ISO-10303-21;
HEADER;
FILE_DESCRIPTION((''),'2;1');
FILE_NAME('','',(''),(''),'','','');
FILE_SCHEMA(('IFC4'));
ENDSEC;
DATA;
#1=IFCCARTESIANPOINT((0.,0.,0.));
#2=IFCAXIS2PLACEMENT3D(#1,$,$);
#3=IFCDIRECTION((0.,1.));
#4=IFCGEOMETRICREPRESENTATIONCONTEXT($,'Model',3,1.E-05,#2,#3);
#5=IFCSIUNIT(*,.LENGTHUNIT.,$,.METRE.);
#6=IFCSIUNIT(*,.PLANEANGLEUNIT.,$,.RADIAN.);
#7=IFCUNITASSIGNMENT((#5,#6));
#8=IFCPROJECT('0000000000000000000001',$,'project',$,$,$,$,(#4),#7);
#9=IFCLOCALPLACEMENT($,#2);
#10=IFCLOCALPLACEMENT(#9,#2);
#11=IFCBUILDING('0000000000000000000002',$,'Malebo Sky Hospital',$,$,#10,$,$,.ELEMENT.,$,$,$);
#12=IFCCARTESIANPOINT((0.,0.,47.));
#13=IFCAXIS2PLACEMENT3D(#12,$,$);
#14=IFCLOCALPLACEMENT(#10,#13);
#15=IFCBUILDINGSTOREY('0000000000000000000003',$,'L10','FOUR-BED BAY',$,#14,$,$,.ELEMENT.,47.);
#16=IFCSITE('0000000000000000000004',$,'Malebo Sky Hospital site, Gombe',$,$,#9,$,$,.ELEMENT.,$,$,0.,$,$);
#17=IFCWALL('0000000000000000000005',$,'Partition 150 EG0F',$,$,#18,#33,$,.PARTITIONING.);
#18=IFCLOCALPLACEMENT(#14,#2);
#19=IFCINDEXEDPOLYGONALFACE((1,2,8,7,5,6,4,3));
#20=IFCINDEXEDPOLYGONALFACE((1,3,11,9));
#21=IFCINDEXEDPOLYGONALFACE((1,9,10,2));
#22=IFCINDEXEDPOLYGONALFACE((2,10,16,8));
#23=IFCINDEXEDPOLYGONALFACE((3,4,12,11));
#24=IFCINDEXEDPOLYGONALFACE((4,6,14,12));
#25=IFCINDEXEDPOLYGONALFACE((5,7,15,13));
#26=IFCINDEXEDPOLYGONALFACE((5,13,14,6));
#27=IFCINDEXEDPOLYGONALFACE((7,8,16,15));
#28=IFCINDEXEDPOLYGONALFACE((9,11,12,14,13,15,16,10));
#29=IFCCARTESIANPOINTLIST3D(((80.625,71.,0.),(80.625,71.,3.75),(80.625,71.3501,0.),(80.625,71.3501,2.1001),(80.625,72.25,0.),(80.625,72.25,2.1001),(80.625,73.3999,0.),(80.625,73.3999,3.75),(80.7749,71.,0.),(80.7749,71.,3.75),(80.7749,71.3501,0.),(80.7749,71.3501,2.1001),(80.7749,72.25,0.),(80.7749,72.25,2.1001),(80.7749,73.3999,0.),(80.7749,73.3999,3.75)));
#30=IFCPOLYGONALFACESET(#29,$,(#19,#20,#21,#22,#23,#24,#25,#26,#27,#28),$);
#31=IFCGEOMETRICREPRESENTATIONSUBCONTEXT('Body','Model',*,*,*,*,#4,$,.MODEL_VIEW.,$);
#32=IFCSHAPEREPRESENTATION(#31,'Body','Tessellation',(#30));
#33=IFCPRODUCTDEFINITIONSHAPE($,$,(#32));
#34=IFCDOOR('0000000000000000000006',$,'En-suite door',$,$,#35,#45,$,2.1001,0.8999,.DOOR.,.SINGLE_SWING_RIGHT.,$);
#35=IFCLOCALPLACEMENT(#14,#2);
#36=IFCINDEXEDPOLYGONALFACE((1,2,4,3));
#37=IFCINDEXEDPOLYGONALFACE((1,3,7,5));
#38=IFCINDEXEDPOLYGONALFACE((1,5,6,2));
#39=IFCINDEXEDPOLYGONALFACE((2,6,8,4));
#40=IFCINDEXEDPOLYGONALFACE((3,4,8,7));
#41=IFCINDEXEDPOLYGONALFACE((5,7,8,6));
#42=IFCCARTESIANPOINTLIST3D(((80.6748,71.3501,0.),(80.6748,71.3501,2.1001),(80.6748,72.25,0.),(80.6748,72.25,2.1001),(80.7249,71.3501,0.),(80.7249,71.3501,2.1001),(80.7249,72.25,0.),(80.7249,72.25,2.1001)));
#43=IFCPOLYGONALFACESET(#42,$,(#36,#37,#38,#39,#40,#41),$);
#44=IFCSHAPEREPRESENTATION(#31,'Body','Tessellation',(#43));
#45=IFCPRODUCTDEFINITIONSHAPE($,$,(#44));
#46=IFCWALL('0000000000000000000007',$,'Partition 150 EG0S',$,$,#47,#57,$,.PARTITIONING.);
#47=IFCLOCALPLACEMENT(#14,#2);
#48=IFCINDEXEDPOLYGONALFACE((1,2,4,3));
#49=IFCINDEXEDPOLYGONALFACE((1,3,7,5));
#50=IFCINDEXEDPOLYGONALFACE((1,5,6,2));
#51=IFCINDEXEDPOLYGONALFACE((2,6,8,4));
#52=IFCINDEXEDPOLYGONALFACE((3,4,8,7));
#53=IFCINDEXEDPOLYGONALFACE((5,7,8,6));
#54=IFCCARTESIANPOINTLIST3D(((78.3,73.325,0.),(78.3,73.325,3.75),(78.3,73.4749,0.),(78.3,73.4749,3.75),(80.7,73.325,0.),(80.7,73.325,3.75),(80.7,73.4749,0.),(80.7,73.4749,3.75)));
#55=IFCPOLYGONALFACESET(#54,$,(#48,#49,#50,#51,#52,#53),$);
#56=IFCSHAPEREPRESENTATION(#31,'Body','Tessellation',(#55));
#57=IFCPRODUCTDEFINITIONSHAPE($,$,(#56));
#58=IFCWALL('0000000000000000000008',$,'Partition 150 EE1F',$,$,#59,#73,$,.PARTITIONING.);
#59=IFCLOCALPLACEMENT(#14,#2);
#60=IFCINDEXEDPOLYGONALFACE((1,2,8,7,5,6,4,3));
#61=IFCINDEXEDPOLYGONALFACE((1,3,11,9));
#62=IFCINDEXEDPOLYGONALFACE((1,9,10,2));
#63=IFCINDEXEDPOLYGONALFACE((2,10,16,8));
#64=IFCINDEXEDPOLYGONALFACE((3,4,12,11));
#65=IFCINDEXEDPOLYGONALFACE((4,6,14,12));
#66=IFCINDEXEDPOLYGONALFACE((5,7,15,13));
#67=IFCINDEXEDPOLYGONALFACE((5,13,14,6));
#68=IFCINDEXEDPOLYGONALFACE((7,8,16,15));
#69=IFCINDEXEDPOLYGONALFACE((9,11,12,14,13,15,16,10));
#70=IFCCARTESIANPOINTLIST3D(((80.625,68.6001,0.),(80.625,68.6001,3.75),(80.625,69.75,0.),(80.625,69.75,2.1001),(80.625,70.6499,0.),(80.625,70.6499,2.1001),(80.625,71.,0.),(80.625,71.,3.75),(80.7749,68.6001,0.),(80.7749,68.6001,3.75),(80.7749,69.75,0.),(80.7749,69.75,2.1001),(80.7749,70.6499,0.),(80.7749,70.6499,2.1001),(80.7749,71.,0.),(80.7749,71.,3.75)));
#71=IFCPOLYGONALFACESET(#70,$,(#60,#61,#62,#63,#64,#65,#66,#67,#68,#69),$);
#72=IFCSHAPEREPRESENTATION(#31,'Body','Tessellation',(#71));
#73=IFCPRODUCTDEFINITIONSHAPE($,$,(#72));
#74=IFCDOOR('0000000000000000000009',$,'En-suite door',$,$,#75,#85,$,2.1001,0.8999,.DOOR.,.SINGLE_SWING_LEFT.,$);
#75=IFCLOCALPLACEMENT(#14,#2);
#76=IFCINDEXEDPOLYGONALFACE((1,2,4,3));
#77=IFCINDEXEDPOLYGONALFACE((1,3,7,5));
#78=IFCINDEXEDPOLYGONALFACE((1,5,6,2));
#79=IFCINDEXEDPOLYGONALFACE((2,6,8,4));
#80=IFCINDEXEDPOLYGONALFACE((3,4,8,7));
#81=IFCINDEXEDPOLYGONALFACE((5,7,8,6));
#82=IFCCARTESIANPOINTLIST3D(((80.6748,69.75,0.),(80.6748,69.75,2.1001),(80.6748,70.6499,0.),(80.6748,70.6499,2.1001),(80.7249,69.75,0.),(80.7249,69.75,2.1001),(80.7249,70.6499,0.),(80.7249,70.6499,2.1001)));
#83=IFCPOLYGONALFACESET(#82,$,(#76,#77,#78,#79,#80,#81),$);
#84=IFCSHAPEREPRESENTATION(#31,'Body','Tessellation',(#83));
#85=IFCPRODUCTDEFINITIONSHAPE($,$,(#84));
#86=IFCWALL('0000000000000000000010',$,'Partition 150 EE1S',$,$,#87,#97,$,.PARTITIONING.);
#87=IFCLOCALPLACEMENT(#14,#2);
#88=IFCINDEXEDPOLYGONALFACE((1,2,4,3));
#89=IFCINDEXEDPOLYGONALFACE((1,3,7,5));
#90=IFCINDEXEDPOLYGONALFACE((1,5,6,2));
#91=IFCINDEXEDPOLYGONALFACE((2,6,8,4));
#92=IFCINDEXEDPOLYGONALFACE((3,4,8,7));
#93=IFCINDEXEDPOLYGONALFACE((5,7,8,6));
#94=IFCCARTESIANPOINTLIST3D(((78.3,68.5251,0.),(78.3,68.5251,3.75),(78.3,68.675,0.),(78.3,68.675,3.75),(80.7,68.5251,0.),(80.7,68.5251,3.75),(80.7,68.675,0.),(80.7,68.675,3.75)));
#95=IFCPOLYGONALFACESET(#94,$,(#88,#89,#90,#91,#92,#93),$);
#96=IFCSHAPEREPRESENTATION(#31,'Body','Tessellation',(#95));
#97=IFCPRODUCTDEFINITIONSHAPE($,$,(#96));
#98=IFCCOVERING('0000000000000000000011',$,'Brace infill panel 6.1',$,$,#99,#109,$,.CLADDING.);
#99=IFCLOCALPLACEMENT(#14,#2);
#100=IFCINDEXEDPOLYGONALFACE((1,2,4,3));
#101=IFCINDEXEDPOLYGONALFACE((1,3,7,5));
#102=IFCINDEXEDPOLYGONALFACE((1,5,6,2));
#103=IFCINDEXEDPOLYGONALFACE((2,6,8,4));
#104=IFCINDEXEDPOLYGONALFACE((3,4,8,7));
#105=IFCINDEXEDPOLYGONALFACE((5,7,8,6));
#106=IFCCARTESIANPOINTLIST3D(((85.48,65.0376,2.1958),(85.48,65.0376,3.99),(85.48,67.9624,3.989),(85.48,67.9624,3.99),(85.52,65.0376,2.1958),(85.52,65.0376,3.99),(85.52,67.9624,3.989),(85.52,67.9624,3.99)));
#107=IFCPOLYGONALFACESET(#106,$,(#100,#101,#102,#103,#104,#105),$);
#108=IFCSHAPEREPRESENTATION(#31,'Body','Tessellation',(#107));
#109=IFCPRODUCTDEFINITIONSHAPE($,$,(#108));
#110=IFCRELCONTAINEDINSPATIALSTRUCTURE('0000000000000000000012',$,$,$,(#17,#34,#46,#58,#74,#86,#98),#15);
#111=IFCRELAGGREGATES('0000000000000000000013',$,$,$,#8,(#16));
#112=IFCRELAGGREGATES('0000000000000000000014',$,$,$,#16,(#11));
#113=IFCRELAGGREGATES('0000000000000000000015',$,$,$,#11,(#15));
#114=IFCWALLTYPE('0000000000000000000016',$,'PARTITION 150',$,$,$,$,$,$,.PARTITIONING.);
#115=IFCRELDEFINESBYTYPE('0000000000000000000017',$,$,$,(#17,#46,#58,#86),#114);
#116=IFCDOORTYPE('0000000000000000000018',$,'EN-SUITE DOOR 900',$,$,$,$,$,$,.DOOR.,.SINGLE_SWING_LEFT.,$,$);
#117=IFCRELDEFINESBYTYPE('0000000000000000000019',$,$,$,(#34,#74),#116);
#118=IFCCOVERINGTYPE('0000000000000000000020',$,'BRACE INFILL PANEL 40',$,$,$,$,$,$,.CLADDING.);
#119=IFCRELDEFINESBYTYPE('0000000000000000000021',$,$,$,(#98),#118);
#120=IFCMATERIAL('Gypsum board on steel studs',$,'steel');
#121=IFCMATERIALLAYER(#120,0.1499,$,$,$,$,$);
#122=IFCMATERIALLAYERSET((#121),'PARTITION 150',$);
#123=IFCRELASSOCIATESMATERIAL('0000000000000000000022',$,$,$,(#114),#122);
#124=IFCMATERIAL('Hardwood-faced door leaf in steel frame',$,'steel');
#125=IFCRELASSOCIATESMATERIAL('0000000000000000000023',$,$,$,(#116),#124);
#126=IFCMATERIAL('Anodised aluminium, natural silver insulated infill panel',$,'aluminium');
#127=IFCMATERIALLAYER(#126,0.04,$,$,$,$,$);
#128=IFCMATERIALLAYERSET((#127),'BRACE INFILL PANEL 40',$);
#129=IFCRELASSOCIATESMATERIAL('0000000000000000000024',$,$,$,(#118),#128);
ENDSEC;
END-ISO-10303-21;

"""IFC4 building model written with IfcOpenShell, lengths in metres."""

from ifc_helpers import new_model, si_unit, direction, frame, frame_2d, origin, place, context, subcontext, project, spatial, polyline, rectangle, outline, extrude, material, layer, layer_set, type_object, element, fill, save


model = new_model("IFC4")

# Units and contexts
model_context = context("Model", 3, precision=1e-05, world=origin(), true_north=direction((0.0, 1.0)))
body_context = subcontext(model_context, "Body", "Model", "MODEL_VIEW")
ifc_project = project(units=[si_unit("LENGTHUNIT", "METRE"), si_unit("PLANEANGLEUNIT", "RADIAN")], contexts=[model_context])

# Site, building, storey
site_placement = place(None, origin())
site = spatial("IfcSite", under=ifc_project, at=site_placement, Name="Malebo Sky Hospital site, Gombe", CompositionType="ELEMENT", RefElevation=0.0)
building_placement = place(site_placement, origin())
building = spatial("IfcBuilding", under=site, at=building_placement, Name="Malebo Sky Hospital", CompositionType="ELEMENT")
storey_placement = place(building_placement, frame((0.0, 0.0, 47.0)))
storey = spatial("IfcBuildingStorey", under=building, at=storey_placement, Name="L10", Description="FOUR-BED BAY", CompositionType="ELEMENT", Elevation=47.0)

# Shared definitions
ifc_material_1 = material(Name="Gypsum board on steel studs", Category="steel")
ifc_layer_1 = layer(ifc_material_1, 0.1499)
ifc_layer_set_1 = layer_set([ifc_layer_1], Name="PARTITION 150")
wall_type = type_object("IfcWallType", Name="PARTITION 150", PredefinedType="PARTITIONING", material=ifc_layer_set_1)

# Wall, opening, door
wall_1_placement = place(storey_placement, frame((80.7, 73.3999, 0.0), z_axis=(0.0, 0.0, 1.0), x_axis=(0.0, -1.0, 0.0)))
wall_1 = element("IfcWall", 1, at=wall_1_placement, inside=storey, type_object=wall_type, Name="Partition 150 EG0F", PredefinedType="PARTITIONING", context=body_context, shape_type="SweptSolid", body=[
    extrude(rectangle(XDim=2.3999, YDim=0.1499, at=frame_2d((1.2, 0.0))), origin(), (0.0, 0.0, 1.0), 3.75),
])
opening_1_placement = place(wall_1_placement, frame((1.1499, 0.0, 0.0)))
opening_1 = element("IfcOpeningElement", 2, at=opening_1_placement, cuts=wall_1, PredefinedType="OPENING", context=body_context, shape_type="SweptSolid", body=[
    extrude(rectangle(XDim=0.8999, YDim=2.1001, at=frame_2d((0.45, 1.05))), frame((0.0, 0.085, 0.0), z_axis=(0.0, -1.0, 0.0), x_axis=(1.0, 0.0, 0.0)), (0.0, 0.0, 1.0), 0.1699),
])
ifc_material_2 = material(Name="Hardwood-faced door leaf in steel frame", Category="steel")
door_type = type_object("IfcDoorType", Name="EN-SUITE DOOR 900", OperationType="SINGLE_SWING_LEFT", PredefinedType="DOOR", material=ifc_material_2)
door_1_placement = place(opening_1_placement, origin())
door_1 = element("IfcDoor", 3, at=door_1_placement, inside=storey, type_object=door_type, Name="En-suite door", OperationType="SINGLE_SWING_RIGHT", OverallHeight=2.1001, OverallWidth=0.8999, PredefinedType="DOOR", context=body_context, shape_type="SweptSolid", body=[
    extrude(rectangle(XDim=0.8999, YDim=2.1001, at=frame_2d((0.45, 1.05))), frame((0.0, 0.0249, 0.0), z_axis=(0.0, -1.0, 0.0), x_axis=(1.0, 0.0, 0.0)), (0.0, 0.0, 1.0), 0.05),
])
fill(opening_1, door_1)

# Wall
wall_2_placement = place(storey_placement, frame((78.3, 73.3999, 0.0), z_axis=(0.0, 0.0, 1.0), x_axis=(1.0, 0.0, 0.0)))
element("IfcWall", 4, at=wall_2_placement, inside=storey, type_object=wall_type, Name="Partition 150 EG0S", PredefinedType="PARTITIONING", context=body_context, shape_type="SweptSolid", body=[
    extrude(rectangle(XDim=2.3999, YDim=0.1499, at=frame_2d((1.2, 0.0))), origin(), (0.0, 0.0, 1.0), 3.75),
])

# Wall, opening, door
wall_3_placement = place(storey_placement, frame((80.7, 71.0, 0.0), z_axis=(0.0, 0.0, 1.0), x_axis=(0.0, -1.0, 0.0)))
wall_3 = element("IfcWall", 5, at=wall_3_placement, inside=storey, type_object=wall_type, Name="Partition 150 EE1F", PredefinedType="PARTITIONING", context=body_context, shape_type="SweptSolid", body=[
    extrude(rectangle(XDim=2.3999, YDim=0.1499, at=frame_2d((1.2, 0.0))), origin(), (0.0, 0.0, 1.0), 3.75),
])
opening_2_placement = place(wall_3_placement, frame((0.3501, 0.0, 0.0)))
opening_2 = element("IfcOpeningElement", 6, at=opening_2_placement, cuts=wall_3, PredefinedType="OPENING", context=body_context, shape_type="SweptSolid", body=[
    extrude(rectangle(XDim=0.8999, YDim=2.1001, at=frame_2d((0.45, 1.05))), frame((0.0, 0.085, 0.0), z_axis=(0.0, -1.0, 0.0), x_axis=(1.0, 0.0, 0.0)), (0.0, 0.0, 1.0), 0.1699),
])
door_2_placement = place(opening_2_placement, origin())
door_2 = element("IfcDoor", 7, at=door_2_placement, inside=storey, type_object=door_type, Name="En-suite door", OperationType="SINGLE_SWING_LEFT", OverallHeight=2.1001, OverallWidth=0.8999, PredefinedType="DOOR", context=body_context, shape_type="SweptSolid", body=[
    extrude(rectangle(XDim=0.8999, YDim=2.1001, at=frame_2d((0.45, 1.05))), frame((0.0, 0.0249, 0.0), z_axis=(0.0, -1.0, 0.0), x_axis=(1.0, 0.0, 0.0)), (0.0, 0.0, 1.0), 0.05),
])
fill(opening_2, door_2)

# Wall
wall_4_placement = place(storey_placement, frame((78.3, 68.6001, 0.0), z_axis=(0.0, 0.0, 1.0), x_axis=(1.0, 0.0, 0.0)))
element("IfcWall", 8, at=wall_4_placement, inside=storey, type_object=wall_type, Name="Partition 150 EE1S", PredefinedType="PARTITIONING", context=body_context, shape_type="SweptSolid", body=[
    extrude(rectangle(XDim=2.3999, YDim=0.1499, at=frame_2d((1.2, 0.0))), origin(), (0.0, 0.0, 1.0), 3.75),
])

# Covering
ifc_material_3 = material(Name="Anodised aluminium, natural silver insulated infill panel", Category="aluminium")
ifc_layer_2 = layer(ifc_material_3, 0.04)
ifc_layer_set_2 = layer_set([ifc_layer_2], Name="BRACE INFILL PANEL 40")
covering_type = type_object("IfcCoveringType", Name="BRACE INFILL PANEL 40", PredefinedType="CLADDING", material=ifc_layer_set_2)
covering_placement = place(storey_placement, frame((85.5, 66.5, 2.1958), z_axis=(0.0, 0.0, 1.0), x_axis=(0.0, -1.0, 0.0)))
element("IfcCovering", 9, at=covering_placement, inside=storey, type_object=covering_type, Name="Brace infill panel 6.1", PredefinedType="CLADDING", context=body_context, shape_type="SweptSolid", body=[
    extrude(outline(polyline([(1.4624, 0.0), (1.4624, 1.7942), (-1.4624, 1.7942), (-1.4624, 1.7932), (1.4624, 0.0)])), frame((0.0, 0.02, 0.0), z_axis=(0.0, -1.0, 0.0), x_axis=(1.0, 0.0, 0.0)), (0.0, 0.0, 1.0), 0.04),
])

save(model, "model.ifc")
